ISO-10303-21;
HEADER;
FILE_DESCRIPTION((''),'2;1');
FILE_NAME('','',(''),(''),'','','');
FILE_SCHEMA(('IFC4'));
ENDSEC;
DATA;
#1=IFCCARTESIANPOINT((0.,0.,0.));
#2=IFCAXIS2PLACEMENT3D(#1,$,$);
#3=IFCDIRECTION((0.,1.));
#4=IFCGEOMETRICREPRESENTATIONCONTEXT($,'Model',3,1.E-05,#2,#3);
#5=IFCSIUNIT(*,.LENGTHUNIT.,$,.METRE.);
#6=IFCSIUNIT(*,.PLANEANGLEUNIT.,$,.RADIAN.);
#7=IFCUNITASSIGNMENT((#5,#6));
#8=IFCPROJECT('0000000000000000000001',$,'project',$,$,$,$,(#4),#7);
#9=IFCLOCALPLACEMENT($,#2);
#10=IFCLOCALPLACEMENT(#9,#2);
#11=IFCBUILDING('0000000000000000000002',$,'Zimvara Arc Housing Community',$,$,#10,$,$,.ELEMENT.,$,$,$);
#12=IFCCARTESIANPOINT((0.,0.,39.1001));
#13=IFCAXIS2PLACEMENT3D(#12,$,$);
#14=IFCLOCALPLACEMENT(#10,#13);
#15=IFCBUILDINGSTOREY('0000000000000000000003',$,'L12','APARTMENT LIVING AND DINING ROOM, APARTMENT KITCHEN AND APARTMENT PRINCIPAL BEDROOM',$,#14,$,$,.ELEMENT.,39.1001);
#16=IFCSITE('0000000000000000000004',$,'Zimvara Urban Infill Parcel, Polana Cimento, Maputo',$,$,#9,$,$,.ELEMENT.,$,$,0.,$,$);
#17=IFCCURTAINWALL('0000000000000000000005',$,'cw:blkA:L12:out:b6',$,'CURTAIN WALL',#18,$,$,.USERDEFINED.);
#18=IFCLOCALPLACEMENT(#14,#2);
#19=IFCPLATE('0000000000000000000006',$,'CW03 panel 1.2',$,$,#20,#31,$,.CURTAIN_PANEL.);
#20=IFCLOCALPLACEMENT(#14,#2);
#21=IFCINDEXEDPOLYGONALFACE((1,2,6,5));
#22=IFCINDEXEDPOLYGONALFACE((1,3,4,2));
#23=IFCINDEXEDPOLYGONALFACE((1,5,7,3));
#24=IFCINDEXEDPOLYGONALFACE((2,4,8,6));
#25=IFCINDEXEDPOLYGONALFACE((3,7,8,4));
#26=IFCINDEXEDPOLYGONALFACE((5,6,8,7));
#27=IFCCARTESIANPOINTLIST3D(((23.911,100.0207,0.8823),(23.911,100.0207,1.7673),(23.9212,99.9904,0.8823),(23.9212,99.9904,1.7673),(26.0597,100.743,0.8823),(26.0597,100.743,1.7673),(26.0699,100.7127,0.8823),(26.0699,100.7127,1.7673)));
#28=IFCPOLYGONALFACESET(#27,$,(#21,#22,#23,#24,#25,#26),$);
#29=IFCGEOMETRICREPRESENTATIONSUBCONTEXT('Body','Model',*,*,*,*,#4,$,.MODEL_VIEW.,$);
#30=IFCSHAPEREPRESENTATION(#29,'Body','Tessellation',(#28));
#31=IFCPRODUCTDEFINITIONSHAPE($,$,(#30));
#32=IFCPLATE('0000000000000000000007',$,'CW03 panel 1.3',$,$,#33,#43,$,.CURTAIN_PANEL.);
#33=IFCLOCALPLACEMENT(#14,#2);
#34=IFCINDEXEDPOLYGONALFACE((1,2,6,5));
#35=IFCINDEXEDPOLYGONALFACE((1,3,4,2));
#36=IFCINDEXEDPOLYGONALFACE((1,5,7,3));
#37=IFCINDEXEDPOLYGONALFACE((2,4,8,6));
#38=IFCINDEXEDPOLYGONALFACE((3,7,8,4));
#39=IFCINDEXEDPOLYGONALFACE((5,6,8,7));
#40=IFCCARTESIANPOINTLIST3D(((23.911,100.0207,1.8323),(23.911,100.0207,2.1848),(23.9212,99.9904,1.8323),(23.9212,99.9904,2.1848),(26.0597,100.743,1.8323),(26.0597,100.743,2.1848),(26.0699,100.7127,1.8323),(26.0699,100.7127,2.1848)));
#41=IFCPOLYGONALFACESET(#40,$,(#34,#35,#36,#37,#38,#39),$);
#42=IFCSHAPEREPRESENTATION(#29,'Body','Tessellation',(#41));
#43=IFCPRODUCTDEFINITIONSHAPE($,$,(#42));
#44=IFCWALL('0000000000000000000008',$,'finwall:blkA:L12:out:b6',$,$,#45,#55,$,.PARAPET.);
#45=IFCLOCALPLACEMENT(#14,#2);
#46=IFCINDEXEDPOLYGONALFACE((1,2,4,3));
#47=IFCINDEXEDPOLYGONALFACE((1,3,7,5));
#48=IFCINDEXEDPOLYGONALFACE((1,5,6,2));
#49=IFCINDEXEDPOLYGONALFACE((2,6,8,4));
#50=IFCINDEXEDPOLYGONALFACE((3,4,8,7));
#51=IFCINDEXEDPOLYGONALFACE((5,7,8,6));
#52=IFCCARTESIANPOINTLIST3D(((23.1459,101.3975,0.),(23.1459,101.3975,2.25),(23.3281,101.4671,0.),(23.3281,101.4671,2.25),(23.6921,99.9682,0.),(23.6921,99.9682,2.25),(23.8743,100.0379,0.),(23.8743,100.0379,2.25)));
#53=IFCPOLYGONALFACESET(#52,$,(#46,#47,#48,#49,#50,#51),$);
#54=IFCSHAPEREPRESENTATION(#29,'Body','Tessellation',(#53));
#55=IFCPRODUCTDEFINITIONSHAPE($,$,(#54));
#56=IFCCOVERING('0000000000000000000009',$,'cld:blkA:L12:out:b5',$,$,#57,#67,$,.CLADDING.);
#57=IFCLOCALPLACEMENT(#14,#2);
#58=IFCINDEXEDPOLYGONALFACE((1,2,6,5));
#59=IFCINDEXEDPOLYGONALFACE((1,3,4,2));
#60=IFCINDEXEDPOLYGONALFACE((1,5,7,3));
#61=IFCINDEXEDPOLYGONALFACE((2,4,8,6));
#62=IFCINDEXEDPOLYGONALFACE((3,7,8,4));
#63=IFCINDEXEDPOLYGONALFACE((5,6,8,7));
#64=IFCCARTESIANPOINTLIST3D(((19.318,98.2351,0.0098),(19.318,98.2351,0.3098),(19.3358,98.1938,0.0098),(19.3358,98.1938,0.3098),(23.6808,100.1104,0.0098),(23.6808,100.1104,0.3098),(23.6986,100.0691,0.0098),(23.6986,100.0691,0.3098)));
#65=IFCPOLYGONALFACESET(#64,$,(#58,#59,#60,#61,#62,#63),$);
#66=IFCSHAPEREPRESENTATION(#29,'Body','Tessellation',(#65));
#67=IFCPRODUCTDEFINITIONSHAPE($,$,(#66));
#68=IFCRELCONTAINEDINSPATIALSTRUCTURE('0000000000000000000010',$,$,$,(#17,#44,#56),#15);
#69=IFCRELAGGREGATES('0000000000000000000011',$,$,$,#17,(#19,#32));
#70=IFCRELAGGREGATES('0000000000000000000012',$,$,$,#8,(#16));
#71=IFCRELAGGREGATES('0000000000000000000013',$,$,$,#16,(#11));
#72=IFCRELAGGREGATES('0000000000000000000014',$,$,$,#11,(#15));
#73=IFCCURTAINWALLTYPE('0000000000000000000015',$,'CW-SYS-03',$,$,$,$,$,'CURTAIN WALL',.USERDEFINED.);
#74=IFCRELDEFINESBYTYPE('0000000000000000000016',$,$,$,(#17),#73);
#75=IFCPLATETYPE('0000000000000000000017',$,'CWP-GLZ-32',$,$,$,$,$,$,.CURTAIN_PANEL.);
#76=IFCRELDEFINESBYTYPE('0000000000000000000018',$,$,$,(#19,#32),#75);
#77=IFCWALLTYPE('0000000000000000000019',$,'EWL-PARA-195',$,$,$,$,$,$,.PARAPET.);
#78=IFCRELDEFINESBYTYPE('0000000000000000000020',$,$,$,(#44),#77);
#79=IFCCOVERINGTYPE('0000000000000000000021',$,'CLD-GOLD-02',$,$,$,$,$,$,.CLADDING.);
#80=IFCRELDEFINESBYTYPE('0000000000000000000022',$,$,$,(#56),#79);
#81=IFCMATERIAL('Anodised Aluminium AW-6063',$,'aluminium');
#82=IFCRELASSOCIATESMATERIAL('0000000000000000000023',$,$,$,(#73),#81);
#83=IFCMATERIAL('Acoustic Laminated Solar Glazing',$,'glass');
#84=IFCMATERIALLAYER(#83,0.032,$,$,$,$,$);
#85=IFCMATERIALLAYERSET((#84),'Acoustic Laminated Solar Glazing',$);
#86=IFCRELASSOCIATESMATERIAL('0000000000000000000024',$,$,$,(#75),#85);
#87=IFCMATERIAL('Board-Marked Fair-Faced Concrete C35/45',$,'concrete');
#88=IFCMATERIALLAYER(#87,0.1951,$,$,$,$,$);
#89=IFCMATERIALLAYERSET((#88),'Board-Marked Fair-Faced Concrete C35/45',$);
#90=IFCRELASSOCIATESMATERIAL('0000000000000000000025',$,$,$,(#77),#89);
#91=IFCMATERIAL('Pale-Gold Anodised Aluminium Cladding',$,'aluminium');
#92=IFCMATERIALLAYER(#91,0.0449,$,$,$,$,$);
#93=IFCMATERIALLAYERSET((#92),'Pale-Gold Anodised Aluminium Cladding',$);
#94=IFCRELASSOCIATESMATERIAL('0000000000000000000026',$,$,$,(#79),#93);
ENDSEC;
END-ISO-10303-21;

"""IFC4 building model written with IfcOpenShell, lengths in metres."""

from ifc_helpers import new_model, si_unit, direction, frame, frame_2d, origin, origin_2d, place, context, subcontext, project, spatial, rectangle, extrude, material, layer, layer_set, type_object, element, aggregate, save


model = new_model("IFC4")

# Units and contexts
model_context = context("Model", 3, precision=1e-05, world=origin(), true_north=direction((0.0, 1.0)))
body_context = subcontext(model_context, "Body", "Model", "MODEL_VIEW")
ifc_project = project(units=[si_unit("LENGTHUNIT", "METRE"), si_unit("PLANEANGLEUNIT", "RADIAN")], contexts=[model_context])

# Site, building, storey
site_placement = place(None, origin())
site = spatial("IfcSite", under=ifc_project, at=site_placement, Name="Zimvara Urban Infill Parcel, Polana Cimento, Maputo", CompositionType="ELEMENT", RefElevation=0.0)
building_placement = place(site_placement, origin())
building = spatial("IfcBuilding", under=site, at=building_placement, Name="Zimvara Arc Housing Community", CompositionType="ELEMENT")
storey_placement = place(building_placement, frame((0.0, 0.0, 39.1001)))
storey = spatial("IfcBuildingStorey", under=building, at=storey_placement, Name="L12", Description="APARTMENT LIVING AND DINING ROOM, APARTMENT KITCHEN AND APARTMENT PRINCIPAL BEDROOM", CompositionType="ELEMENT", Elevation=39.1001)

# Curtain wall
ifc_material_1 = material(Name="Anodised Aluminium AW-6063", Category="aluminium")
curtain_wall_type_1 = type_object("IfcCurtainWallType", Name="CW-SYS-03", ElementType="CURTAIN WALL", PredefinedType="USERDEFINED", material=ifc_material_1)
curtain_wall_1_placement = place(storey_placement, origin())
curtain_wall_1 = element("IfcCurtainWall", 1, at=curtain_wall_1_placement, inside=storey, type_object=curtain_wall_type_1, Name="cw:blkA:L12:out:b6", ObjectType="CURTAIN WALL", PredefinedType="USERDEFINED")

# Plates
ifc_material_2 = material(Name="Acoustic Laminated Solar Glazing", Category="glass")
ifc_layer_1 = layer(ifc_material_2, 0.032)
ifc_layer_set_1 = layer_set([ifc_layer_1], Name="Acoustic Laminated Solar Glazing")
plate_type_1 = type_object("IfcPlateType", Name="CWP-GLZ-32", PredefinedType="CURTAIN_PANEL", material=ifc_layer_set_1)
plate_1_placement = place(storey_placement, frame((24.9905, 100.3667, 0.8823), z_axis=(0.0, 0.0, 1.0), x_axis=(0.94788, 0.318629, 0.0)))
plate_1 = element("IfcPlate", 2, at=plate_1_placement, type_object=plate_type_1, Name="CW03 panel 1.2", PredefinedType="CURTAIN_PANEL", context=body_context, shape_type="SweptSolid", body=[
    extrude(rectangle(XDim=2.2668, YDim=0.032, at=origin_2d()), origin(), (0.0, 0.0, 1.0), 0.885),
])
plate_2_placement = place(storey_placement, frame((24.9905, 100.3667, 1.8323), z_axis=(0.0, 0.0, 1.0), x_axis=(0.94788, 0.318629, 0.0)))
plate_2 = element("IfcPlate", 3, at=plate_2_placement, type_object=plate_type_1, Name="CW03 panel 1.3", PredefinedType="CURTAIN_PANEL", context=body_context, shape_type="SweptSolid", body=[
    extrude(rectangle(XDim=2.2668, YDim=0.032, at=origin_2d()), origin(), (0.0, 0.0, 1.0), 0.3525),
])
aggregate(curtain_wall_1, [plate_1, plate_2])

# Wall
ifc_material_3 = material(Name="Board-Marked Fair-Faced Concrete C35/45", Category="concrete")
ifc_layer_2 = layer(ifc_material_3, 0.1951)
ifc_layer_set_2 = layer_set([ifc_layer_2], Name="Board-Marked Fair-Faced Concrete C35/45")
wall_type_1 = type_object("IfcWallType", Name="EWL-PARA-195", PredefinedType="PARAPET", material=ifc_layer_set_2)
wall_1_placement = place(storey_placement, frame((23.7832, 100.0029, 0.0), z_axis=(0.0, 0.0, 1.0), x_axis=(-0.356957, 0.934121, 0.0)))
element("IfcWall", 4, at=wall_1_placement, inside=storey, type_object=wall_type_1, Name="finwall:blkA:L12:out:b6", PredefinedType="PARAPET", context=body_context, shape_type="SweptSolid", body=[
    extrude(rectangle(XDim=1.53, YDim=0.1951, at=frame_2d((0.7651, 0.0))), origin(), (0.0, 0.0, 1.0), 2.25),
])

# Covering
ifc_material_4 = material(Name="Pale-Gold Anodised Aluminium Cladding", Category="aluminium")
ifc_layer_3 = layer(ifc_material_4, 0.0449)
ifc_layer_set_3 = layer_set([ifc_layer_3], Name="Pale-Gold Anodised Aluminium Cladding")
covering_type = type_object("IfcCoveringType", Name="CLD-GOLD-02", PredefinedType="CLADDING", material=ifc_layer_set_3)
covering_placement = place(storey_placement, frame((21.5083, 99.1521, 0.0098), z_axis=(0.0, 0.0, 1.0), x_axis=(0.918722, 0.394906, 0.0)))
element("IfcCovering", 5, at=covering_placement, inside=storey, type_object=covering_type, Name="cld:blkA:L12:out:b5", PredefinedType="CLADDING", context=body_context, shape_type="SweptSolid", body=[
    extrude(rectangle(XDim=4.7488, YDim=0.0449, at=origin_2d()), origin(), (0.0, 0.0, 1.0), 0.3),
])

save(model, "model.ifc")
